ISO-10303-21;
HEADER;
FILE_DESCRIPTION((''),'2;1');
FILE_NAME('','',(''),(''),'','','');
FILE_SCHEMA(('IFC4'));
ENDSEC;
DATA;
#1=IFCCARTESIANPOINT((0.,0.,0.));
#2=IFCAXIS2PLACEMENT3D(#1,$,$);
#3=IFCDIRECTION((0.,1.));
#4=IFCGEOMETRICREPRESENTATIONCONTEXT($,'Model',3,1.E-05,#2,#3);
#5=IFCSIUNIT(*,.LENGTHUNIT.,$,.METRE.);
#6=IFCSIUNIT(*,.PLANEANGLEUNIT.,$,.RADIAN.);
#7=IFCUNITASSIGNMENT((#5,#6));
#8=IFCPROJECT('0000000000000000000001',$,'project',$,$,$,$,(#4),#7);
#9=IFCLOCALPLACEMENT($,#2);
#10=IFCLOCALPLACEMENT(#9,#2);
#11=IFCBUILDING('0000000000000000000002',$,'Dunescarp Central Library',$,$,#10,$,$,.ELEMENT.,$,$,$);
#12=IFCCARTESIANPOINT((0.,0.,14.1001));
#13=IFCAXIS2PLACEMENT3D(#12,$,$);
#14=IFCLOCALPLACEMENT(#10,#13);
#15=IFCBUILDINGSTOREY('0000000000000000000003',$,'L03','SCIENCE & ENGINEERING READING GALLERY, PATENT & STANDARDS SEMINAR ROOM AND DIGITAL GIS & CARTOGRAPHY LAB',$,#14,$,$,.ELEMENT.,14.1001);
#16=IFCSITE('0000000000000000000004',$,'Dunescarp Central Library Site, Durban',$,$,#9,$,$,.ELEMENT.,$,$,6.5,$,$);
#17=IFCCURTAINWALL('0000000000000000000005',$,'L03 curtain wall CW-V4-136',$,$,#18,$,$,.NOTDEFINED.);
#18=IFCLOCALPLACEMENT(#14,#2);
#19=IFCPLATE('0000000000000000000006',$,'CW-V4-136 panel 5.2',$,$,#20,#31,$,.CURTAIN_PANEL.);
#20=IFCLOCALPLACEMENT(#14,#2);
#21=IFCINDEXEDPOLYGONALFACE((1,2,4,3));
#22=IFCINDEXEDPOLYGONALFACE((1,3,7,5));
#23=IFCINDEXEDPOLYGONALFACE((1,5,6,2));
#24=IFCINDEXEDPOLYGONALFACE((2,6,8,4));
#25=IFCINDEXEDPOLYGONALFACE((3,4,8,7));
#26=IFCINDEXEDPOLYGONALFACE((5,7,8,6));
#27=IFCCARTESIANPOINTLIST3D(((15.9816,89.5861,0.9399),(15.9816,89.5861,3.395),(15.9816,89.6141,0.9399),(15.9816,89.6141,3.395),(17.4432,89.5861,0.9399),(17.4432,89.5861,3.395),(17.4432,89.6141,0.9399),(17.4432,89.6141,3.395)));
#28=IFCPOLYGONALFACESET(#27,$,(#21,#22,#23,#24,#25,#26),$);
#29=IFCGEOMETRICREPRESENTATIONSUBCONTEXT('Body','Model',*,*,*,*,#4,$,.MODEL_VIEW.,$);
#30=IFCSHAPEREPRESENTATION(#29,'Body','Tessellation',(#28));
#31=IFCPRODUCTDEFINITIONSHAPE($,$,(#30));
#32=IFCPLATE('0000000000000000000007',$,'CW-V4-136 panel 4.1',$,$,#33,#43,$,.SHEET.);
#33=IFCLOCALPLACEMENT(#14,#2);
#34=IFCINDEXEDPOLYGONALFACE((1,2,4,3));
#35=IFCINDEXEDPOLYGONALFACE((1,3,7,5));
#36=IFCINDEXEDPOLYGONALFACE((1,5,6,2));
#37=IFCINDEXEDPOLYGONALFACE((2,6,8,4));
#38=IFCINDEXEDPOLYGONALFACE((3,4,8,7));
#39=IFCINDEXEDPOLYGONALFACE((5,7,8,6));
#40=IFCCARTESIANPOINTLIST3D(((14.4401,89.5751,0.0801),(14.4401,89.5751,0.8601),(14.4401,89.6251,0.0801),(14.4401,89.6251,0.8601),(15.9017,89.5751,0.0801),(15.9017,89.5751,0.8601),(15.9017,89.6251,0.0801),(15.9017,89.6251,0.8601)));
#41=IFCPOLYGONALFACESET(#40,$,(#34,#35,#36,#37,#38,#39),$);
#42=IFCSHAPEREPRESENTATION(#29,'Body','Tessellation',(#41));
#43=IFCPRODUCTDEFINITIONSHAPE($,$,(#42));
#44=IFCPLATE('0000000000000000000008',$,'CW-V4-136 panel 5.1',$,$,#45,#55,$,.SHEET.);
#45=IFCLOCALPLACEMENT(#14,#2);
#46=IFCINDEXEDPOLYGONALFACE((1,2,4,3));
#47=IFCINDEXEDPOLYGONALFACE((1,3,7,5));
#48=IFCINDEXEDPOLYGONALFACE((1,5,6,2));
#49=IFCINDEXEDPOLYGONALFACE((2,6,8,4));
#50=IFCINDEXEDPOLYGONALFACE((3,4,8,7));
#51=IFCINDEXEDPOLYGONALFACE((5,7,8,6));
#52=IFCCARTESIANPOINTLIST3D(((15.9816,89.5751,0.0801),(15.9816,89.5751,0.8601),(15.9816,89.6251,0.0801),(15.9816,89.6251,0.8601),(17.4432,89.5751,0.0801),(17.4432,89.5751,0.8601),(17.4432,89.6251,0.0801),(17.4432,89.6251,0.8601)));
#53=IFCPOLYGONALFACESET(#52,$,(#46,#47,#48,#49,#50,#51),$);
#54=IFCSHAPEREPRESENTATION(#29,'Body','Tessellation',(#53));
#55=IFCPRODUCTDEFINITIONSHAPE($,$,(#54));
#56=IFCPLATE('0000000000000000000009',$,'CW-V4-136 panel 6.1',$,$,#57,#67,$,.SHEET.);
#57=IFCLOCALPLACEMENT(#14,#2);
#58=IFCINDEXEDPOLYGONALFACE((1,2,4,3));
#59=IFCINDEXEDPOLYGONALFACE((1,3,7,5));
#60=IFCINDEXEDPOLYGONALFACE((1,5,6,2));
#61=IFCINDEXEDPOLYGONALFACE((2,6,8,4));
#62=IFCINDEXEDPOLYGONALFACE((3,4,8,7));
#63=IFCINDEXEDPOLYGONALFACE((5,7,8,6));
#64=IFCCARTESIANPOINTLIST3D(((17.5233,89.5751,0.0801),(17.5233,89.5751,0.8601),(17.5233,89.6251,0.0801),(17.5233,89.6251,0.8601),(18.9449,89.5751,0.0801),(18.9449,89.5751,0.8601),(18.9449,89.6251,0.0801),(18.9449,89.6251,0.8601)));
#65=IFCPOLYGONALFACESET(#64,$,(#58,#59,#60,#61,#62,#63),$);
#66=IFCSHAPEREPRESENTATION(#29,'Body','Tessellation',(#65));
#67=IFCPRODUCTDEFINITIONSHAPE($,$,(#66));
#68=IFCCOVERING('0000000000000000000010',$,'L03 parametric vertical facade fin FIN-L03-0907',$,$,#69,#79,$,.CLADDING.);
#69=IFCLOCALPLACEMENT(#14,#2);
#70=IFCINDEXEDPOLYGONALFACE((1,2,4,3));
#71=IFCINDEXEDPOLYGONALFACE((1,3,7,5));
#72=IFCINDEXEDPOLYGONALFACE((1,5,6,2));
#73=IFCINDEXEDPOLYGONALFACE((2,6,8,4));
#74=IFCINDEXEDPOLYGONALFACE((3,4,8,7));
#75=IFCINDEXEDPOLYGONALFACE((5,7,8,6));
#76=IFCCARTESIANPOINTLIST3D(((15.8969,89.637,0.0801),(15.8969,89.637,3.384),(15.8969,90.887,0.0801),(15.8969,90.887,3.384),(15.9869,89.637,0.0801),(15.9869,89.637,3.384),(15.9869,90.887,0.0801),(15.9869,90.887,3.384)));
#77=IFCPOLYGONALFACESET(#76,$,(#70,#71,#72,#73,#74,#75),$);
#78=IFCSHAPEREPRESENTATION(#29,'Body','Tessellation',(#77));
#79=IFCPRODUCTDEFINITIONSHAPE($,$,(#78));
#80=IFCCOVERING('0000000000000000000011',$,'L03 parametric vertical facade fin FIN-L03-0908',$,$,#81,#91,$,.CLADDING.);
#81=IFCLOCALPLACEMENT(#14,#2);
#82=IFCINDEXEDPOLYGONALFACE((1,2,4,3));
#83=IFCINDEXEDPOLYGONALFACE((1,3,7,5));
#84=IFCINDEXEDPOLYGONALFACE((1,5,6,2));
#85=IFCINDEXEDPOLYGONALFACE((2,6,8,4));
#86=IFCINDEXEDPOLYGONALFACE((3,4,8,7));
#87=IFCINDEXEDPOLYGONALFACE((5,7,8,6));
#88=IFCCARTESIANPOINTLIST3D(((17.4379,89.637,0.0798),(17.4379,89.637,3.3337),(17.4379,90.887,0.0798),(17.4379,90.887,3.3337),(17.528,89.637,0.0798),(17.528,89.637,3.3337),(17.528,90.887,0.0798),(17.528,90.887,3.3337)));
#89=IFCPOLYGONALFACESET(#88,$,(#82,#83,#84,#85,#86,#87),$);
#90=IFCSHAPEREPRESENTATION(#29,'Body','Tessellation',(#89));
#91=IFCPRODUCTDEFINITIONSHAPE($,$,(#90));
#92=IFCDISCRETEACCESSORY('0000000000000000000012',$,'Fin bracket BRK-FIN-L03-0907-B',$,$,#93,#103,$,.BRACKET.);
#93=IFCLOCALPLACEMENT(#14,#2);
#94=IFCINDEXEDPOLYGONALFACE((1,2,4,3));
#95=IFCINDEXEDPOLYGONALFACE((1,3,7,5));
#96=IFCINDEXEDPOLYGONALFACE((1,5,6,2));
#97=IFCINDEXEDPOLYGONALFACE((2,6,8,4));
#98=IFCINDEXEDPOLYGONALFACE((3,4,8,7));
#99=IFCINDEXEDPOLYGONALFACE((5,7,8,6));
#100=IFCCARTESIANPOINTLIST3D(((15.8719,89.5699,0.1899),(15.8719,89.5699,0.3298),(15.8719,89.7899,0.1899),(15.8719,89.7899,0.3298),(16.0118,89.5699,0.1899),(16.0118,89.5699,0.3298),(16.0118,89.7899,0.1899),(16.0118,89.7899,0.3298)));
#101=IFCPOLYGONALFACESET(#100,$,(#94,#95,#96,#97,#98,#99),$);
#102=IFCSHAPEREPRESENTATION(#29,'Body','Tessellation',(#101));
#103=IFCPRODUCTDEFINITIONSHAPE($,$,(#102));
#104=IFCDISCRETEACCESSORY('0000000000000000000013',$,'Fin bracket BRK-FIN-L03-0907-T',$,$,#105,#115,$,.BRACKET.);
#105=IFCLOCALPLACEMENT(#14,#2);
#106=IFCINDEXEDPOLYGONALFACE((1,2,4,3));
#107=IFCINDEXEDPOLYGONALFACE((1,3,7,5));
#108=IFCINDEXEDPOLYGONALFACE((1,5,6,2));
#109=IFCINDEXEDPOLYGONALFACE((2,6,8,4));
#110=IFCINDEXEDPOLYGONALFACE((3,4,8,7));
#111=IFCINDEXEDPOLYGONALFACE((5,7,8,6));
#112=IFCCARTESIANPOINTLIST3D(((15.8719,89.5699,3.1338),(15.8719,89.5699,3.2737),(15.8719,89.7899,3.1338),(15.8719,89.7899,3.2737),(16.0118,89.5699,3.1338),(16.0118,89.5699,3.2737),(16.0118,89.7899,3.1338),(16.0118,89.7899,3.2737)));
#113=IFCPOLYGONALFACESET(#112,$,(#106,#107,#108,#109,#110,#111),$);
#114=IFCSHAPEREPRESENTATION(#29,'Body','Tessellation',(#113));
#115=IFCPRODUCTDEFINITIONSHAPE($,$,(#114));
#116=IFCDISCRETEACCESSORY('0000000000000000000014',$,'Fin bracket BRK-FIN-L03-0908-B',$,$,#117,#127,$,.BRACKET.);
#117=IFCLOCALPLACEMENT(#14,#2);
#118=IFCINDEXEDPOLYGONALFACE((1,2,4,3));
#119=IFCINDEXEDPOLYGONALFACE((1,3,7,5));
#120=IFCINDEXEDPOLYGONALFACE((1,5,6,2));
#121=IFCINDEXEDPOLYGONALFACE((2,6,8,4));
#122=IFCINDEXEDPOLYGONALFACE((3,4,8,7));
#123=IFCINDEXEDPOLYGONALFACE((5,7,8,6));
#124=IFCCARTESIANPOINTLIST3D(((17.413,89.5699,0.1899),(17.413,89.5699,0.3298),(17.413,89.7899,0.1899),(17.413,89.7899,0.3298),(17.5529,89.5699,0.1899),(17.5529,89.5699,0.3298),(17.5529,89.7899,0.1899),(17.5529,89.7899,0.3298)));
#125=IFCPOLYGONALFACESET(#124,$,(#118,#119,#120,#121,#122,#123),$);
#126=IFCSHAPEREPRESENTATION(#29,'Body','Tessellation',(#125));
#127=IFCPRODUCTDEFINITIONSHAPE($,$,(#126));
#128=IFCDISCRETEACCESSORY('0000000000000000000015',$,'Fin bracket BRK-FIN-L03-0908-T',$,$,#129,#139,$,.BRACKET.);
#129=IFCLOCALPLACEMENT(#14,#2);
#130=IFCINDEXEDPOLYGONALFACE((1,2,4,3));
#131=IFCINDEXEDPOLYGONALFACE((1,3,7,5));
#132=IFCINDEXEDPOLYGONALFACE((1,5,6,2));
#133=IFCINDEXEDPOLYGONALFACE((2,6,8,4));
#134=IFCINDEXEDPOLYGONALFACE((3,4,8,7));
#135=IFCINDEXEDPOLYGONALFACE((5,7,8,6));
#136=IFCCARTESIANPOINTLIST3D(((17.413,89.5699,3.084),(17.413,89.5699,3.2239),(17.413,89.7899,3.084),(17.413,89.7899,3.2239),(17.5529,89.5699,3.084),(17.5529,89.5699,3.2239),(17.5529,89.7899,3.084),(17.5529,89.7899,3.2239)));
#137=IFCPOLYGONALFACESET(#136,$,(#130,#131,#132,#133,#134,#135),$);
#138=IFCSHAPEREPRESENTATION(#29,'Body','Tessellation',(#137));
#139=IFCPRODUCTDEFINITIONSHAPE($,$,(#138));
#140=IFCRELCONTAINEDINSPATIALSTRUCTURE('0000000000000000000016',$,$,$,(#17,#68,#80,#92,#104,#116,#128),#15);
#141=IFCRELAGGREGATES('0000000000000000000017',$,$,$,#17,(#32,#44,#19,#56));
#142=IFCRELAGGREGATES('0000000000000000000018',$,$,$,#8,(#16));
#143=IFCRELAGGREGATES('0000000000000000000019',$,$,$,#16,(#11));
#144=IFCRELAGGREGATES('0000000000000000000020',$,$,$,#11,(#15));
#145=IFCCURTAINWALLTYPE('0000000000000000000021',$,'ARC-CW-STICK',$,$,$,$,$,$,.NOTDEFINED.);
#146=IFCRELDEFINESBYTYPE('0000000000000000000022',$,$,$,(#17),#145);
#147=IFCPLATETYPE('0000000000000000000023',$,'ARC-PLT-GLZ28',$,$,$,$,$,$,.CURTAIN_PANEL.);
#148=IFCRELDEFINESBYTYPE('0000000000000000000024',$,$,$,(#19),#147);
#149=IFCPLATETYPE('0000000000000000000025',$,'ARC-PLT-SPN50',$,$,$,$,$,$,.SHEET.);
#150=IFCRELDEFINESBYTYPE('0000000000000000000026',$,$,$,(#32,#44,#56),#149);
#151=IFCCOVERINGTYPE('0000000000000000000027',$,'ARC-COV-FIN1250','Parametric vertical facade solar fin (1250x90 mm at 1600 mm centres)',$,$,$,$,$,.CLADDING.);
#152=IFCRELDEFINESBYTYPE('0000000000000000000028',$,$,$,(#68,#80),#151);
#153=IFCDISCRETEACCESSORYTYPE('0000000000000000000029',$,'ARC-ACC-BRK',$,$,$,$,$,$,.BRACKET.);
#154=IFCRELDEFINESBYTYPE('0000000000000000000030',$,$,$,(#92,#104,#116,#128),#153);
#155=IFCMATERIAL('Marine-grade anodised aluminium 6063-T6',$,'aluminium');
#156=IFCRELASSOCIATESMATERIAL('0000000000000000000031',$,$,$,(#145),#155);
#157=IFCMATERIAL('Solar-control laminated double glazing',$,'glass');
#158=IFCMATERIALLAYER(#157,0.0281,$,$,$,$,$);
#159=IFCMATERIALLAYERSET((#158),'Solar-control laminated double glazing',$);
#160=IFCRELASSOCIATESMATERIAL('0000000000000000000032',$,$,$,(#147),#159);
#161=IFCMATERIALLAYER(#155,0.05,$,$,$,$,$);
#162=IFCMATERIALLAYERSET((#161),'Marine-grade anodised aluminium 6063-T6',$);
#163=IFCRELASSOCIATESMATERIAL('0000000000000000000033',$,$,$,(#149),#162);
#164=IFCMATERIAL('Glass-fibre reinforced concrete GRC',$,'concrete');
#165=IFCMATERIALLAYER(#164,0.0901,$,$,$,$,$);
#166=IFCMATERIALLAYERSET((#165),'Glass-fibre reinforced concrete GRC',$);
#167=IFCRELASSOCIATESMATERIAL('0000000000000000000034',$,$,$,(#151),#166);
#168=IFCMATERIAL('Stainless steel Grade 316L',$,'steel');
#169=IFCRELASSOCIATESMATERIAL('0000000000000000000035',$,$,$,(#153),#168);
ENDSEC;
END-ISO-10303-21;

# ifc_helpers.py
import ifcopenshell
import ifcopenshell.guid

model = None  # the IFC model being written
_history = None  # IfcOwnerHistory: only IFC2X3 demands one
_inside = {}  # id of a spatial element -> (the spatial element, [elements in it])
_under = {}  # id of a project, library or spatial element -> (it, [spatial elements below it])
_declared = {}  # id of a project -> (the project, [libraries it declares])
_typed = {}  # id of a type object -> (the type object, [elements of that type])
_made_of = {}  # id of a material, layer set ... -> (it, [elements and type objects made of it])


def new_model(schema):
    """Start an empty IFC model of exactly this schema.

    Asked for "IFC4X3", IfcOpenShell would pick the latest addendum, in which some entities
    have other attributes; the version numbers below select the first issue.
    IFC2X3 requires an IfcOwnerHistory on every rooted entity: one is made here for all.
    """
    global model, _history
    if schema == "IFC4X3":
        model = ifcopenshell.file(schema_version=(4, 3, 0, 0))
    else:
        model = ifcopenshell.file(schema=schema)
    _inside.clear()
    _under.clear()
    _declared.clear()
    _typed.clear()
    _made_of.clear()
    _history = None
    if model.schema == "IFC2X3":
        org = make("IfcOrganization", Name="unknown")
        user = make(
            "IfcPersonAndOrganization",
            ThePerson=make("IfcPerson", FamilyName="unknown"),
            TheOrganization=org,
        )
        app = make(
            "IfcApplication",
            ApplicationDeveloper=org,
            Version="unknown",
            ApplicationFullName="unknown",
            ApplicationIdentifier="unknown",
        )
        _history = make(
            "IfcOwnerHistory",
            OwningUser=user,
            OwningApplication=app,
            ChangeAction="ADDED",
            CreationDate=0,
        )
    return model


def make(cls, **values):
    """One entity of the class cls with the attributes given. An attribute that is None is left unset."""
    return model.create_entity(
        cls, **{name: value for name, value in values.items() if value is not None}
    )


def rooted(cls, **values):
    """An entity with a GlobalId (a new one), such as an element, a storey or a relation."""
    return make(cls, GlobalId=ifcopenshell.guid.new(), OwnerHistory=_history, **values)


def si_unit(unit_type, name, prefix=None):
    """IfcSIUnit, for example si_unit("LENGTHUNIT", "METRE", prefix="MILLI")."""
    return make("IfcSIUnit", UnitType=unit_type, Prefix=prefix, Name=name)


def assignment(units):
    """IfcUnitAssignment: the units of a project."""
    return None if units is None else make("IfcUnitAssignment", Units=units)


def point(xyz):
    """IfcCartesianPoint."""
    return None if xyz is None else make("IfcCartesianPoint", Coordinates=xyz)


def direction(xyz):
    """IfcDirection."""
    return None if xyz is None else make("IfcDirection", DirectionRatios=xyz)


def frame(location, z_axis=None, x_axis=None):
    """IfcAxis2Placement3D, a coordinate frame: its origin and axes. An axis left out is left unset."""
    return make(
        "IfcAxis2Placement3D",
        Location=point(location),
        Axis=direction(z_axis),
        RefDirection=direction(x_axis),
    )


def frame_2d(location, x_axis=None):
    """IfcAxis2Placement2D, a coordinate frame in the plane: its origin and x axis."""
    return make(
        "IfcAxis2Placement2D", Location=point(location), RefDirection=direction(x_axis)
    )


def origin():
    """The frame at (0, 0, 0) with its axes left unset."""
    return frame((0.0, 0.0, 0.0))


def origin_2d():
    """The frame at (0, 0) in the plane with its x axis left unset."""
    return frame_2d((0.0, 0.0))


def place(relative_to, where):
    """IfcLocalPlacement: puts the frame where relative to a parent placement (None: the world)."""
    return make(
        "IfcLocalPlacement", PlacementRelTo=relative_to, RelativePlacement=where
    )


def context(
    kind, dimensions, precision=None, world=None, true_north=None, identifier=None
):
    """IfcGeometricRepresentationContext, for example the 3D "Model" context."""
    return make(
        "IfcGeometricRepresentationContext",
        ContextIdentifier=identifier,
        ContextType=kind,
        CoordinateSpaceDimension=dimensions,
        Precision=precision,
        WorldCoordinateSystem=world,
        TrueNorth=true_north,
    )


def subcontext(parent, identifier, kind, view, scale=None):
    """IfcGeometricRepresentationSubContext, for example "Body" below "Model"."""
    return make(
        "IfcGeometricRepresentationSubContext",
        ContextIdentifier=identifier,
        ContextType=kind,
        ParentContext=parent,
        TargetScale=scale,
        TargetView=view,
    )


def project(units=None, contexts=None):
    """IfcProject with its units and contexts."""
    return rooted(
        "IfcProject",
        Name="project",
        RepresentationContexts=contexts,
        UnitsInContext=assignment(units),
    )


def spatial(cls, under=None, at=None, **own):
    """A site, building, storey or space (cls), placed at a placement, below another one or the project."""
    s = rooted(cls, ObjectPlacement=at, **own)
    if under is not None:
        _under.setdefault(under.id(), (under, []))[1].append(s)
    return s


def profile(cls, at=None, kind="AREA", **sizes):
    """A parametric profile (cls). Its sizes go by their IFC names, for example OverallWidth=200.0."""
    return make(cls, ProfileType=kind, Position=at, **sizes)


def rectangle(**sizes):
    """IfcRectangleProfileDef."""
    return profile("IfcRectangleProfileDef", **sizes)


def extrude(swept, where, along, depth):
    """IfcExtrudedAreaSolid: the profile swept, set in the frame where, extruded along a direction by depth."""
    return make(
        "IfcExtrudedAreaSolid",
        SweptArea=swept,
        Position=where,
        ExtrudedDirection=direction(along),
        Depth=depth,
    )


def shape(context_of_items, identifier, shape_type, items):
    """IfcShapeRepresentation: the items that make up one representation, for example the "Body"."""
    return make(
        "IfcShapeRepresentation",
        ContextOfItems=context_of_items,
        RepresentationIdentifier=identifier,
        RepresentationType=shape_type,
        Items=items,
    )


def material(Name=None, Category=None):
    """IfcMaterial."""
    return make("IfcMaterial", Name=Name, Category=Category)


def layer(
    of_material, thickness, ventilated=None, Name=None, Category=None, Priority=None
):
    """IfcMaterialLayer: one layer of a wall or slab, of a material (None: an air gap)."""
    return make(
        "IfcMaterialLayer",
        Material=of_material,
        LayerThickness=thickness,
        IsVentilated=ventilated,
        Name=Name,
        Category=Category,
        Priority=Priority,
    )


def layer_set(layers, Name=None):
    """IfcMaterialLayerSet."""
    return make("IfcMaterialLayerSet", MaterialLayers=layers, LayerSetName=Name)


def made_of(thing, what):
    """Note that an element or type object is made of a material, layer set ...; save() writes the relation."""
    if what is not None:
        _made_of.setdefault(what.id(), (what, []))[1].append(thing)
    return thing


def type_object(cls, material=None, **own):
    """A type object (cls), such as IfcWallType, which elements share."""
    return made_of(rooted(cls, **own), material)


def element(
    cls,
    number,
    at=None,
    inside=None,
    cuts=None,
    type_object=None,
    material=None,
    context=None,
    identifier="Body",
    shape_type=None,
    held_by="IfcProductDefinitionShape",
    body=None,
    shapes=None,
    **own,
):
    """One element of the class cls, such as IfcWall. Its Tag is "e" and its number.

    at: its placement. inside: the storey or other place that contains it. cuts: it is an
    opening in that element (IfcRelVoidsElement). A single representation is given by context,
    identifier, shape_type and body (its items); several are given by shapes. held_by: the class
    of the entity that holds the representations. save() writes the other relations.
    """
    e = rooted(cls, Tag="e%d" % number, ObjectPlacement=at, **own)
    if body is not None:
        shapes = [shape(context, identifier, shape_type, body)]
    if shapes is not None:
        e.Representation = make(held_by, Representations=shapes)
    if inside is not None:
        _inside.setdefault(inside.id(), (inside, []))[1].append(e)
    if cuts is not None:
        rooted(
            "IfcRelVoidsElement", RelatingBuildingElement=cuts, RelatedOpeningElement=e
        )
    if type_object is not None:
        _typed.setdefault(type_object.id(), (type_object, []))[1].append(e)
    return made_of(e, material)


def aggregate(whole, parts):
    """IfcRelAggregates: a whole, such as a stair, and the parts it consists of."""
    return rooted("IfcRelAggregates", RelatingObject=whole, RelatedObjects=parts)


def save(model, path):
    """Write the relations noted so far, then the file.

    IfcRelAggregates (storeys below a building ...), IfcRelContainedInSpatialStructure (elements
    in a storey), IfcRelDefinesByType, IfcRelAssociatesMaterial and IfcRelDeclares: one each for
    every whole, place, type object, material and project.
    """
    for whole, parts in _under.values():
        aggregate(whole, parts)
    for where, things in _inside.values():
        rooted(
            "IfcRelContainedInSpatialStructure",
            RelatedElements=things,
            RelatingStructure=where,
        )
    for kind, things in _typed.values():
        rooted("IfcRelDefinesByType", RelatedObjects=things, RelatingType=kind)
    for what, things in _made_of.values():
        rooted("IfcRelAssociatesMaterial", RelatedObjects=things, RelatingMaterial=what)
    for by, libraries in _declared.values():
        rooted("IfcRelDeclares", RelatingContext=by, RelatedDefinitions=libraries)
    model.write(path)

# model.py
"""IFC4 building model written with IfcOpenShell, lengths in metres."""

from ifc_helpers import new_model, si_unit, direction, frame, origin, origin_2d, place, context, subcontext, project, spatial, rectangle, extrude, material, layer, layer_set, type_object, element, aggregate, save


model = new_model("IFC4")

# Units and contexts
model_context = context("Model", 3, precision=1e-05, world=origin(), true_north=direction((0.0, 1.0)))
body_context = subcontext(model_context, "Body", "Model", "MODEL_VIEW")
ifc_project = project(units=[si_unit("LENGTHUNIT", "METRE"), si_unit("PLANEANGLEUNIT", "RADIAN")], contexts=[model_context])

# Site, building, storey
site_placement = place(None, origin())
site = spatial("IfcSite", under=ifc_project, at=site_placement, Name="Dunescarp Central Library Site, Durban", CompositionType="ELEMENT", RefElevation=6.5)
building_placement = place(site_placement, origin())
building = spatial("IfcBuilding", under=site, at=building_placement, Name="Dunescarp Central Library", CompositionType="ELEMENT")
storey_placement = place(building_placement, frame((0.0, 0.0, 14.1001)))
storey = spatial("IfcBuildingStorey", under=building, at=storey_placement, Name="L03", Description="SCIENCE & ENGINEERING READING GALLERY, PATENT & STANDARDS SEMINAR ROOM AND DIGITAL GIS & CARTOGRAPHY LAB", CompositionType="ELEMENT", Elevation=14.1001)

# Curtain wall
ifc_material_1 = material(Name="Marine-grade anodised aluminium 6063-T6", Category="aluminium")
curtain_wall_type = type_object("IfcCurtainWallType", Name="ARC-CW-STICK", PredefinedType="NOTDEFINED", material=ifc_material_1)
curtain_wall_placement = place(storey_placement, origin())
curtain_wall = element("IfcCurtainWall", 1, at=curtain_wall_placement, inside=storey, type_object=curtain_wall_type, Name="L03 curtain wall CW-V4-136", PredefinedType="NOTDEFINED")

# Plates
ifc_material_2 = material(Name="Solar-control laminated double glazing", Category="glass")
ifc_layer_1 = layer(ifc_material_2, 0.0281)
ifc_layer_set_1 = layer_set([ifc_layer_1], Name="Solar-control laminated double glazing")
plate_type_1 = type_object("IfcPlateType", Name="ARC-PLT-GLZ28", PredefinedType="CURTAIN_PANEL", material=ifc_layer_set_1)
plate_1_placement = place(storey_placement, frame((16.7124, 89.6001, 0.9399), z_axis=(0.0, 0.0, 1.0), x_axis=(1.0, 0.0, 0.0)))
plate_1 = element("IfcPlate", 2, at=plate_1_placement, type_object=plate_type_1, Name="CW-V4-136 panel 5.2", PredefinedType="CURTAIN_PANEL", context=body_context, shape_type="SweptSolid", body=[
    extrude(rectangle(XDim=1.4617, YDim=0.0281, at=origin_2d()), origin(), (0.0, 0.0, 1.0), 2.4551),
])
ifc_layer_2 = layer(ifc_material_1, 0.05)
ifc_layer_set_2 = layer_set([ifc_layer_2], Name="Marine-grade anodised aluminium 6063-T6")
plate_type_2 = type_object("IfcPlateType", Name="ARC-PLT-SPN50", PredefinedType="SHEET", material=ifc_layer_set_2)
plate_2_placement = place(storey_placement, frame((15.1709, 89.6001, 0.0801), z_axis=(0.0, 0.0, 1.0), x_axis=(1.0, 0.0, 0.0)))
plate_2 = element("IfcPlate", 3, at=plate_2_placement, type_object=plate_type_2, Name="CW-V4-136 panel 4.1", PredefinedType="SHEET", context=body_context, shape_type="SweptSolid", body=[
    extrude(rectangle(XDim=1.4617, YDim=0.05, at=origin_2d()), origin(), (0.0, 0.0, 1.0), 0.78),
])
plate_3_placement = place(storey_placement, frame((16.7124, 89.6001, 0.0801), z_axis=(0.0, 0.0, 1.0), x_axis=(1.0, 0.0, 0.0)))
plate_3 = element("IfcPlate", 4, at=plate_3_placement, type_object=plate_type_2, Name="CW-V4-136 panel 5.1", PredefinedType="SHEET", context=body_context, shape_type="SweptSolid", body=[
    extrude(rectangle(XDim=1.4617, YDim=0.05, at=origin_2d()), origin(), (0.0, 0.0, 1.0), 0.78),
])
plate_4_placement = place(storey_placement, frame((18.2341, 89.6001, 0.0801), z_axis=(0.0, 0.0, 1.0), x_axis=(1.0, 0.0, 0.0)))
plate_4 = element("IfcPlate", 5, at=plate_4_placement, type_object=plate_type_2, Name="CW-V4-136 panel 6.1", PredefinedType="SHEET", context=body_context, shape_type="SweptSolid", body=[
    extrude(rectangle(XDim=1.4216, YDim=0.05, at=origin_2d()), origin(), (0.0, 0.0, 1.0), 0.78),
])
aggregate(curtain_wall, [plate_2, plate_3, plate_1, plate_4])

# Coverings
ifc_material_3 = material(Name="Glass-fibre reinforced concrete GRC", Category="concrete")
ifc_layer_3 = layer(ifc_material_3, 0.0901)
ifc_layer_set_3 = layer_set([ifc_layer_3], Name="Glass-fibre reinforced concrete GRC")
covering_type = type_object("IfcCoveringType", Name="ARC-COV-FIN1250", Description="Parametric vertical facade solar fin (1250x90 mm at 1600 mm centres)", PredefinedType="CLADDING", material=ifc_layer_set_3)
covering_1_placement = place(storey_placement, frame((15.9419, 90.262, 0.0801), z_axis=(0.0, 0.0, 1.0), x_axis=(0.0, 1.0, 0.0)))
element("IfcCovering", 6, at=covering_1_placement, inside=storey, type_object=covering_type, Name="L03 parametric vertical facade fin FIN-L03-0907", PredefinedType="CLADDING", context=body_context, shape_type="SweptSolid", body=[
    extrude(rectangle(XDim=1.25, YDim=0.0901, at=origin_2d()), origin(), (0.0, 0.0, 1.0), 3.304),
])
covering_2_placement = place(storey_placement, frame((17.4829, 90.262, 0.0798), z_axis=(0.0, 0.0, 1.0), x_axis=(0.0, 1.0, 0.0)))
element("IfcCovering", 7, at=covering_2_placement, inside=storey, type_object=covering_type, Name="L03 parametric vertical facade fin FIN-L03-0908", PredefinedType="CLADDING", context=body_context, shape_type="SweptSolid", body=[
    extrude(rectangle(XDim=1.25, YDim=0.0901, at=origin_2d()), origin(), (0.0, 0.0, 1.0), 3.2539),
])

# Discrete accessories
ifc_material_4 = material(Name="Stainless steel Grade 316L", Category="steel")
discrete_accessory_type = type_object("IfcDiscreteAccessoryType", Name="ARC-ACC-BRK", PredefinedType="BRACKET", material=ifc_material_4)
for number, where, z_axis, x_axis, name in (
    (8, (15.9419, 89.6799, 0.1899), (0.0, 0.0, 1.0), (0.0, 1.0, 0.0), "Fin bracket BRK-FIN-L03-0907-B"),
    (9, (15.9419, 89.6799, 3.1338), (0.0, 0.0, 1.0), (0.0, 1.0, 0.0), "Fin bracket BRK-FIN-L03-0907-T"),
    (10, (17.4829, 89.6799, 0.1899), (0.0, 0.0, 1.0), (0.0, 1.0, 0.0), "Fin bracket BRK-FIN-L03-0908-B"),
    (11, (17.4829, 89.6799, 3.084), (0.0, 0.0, 1.0), (0.0, 1.0, 0.0), "Fin bracket BRK-FIN-L03-0908-T"),
):
    element("IfcDiscreteAccessory", number, at=place(storey_placement, frame(where, z_axis=z_axis, x_axis=x_axis)), inside=storey, type_object=discrete_accessory_type, Name=name, PredefinedType="BRACKET", context=body_context, shape_type="SweptSolid", body=[
        extrude(rectangle(XDim=0.22, YDim=0.1399, at=origin_2d()), origin(), (0.0, 0.0, 1.0), 0.1399),
    ])

save(model, "model.ifc")
